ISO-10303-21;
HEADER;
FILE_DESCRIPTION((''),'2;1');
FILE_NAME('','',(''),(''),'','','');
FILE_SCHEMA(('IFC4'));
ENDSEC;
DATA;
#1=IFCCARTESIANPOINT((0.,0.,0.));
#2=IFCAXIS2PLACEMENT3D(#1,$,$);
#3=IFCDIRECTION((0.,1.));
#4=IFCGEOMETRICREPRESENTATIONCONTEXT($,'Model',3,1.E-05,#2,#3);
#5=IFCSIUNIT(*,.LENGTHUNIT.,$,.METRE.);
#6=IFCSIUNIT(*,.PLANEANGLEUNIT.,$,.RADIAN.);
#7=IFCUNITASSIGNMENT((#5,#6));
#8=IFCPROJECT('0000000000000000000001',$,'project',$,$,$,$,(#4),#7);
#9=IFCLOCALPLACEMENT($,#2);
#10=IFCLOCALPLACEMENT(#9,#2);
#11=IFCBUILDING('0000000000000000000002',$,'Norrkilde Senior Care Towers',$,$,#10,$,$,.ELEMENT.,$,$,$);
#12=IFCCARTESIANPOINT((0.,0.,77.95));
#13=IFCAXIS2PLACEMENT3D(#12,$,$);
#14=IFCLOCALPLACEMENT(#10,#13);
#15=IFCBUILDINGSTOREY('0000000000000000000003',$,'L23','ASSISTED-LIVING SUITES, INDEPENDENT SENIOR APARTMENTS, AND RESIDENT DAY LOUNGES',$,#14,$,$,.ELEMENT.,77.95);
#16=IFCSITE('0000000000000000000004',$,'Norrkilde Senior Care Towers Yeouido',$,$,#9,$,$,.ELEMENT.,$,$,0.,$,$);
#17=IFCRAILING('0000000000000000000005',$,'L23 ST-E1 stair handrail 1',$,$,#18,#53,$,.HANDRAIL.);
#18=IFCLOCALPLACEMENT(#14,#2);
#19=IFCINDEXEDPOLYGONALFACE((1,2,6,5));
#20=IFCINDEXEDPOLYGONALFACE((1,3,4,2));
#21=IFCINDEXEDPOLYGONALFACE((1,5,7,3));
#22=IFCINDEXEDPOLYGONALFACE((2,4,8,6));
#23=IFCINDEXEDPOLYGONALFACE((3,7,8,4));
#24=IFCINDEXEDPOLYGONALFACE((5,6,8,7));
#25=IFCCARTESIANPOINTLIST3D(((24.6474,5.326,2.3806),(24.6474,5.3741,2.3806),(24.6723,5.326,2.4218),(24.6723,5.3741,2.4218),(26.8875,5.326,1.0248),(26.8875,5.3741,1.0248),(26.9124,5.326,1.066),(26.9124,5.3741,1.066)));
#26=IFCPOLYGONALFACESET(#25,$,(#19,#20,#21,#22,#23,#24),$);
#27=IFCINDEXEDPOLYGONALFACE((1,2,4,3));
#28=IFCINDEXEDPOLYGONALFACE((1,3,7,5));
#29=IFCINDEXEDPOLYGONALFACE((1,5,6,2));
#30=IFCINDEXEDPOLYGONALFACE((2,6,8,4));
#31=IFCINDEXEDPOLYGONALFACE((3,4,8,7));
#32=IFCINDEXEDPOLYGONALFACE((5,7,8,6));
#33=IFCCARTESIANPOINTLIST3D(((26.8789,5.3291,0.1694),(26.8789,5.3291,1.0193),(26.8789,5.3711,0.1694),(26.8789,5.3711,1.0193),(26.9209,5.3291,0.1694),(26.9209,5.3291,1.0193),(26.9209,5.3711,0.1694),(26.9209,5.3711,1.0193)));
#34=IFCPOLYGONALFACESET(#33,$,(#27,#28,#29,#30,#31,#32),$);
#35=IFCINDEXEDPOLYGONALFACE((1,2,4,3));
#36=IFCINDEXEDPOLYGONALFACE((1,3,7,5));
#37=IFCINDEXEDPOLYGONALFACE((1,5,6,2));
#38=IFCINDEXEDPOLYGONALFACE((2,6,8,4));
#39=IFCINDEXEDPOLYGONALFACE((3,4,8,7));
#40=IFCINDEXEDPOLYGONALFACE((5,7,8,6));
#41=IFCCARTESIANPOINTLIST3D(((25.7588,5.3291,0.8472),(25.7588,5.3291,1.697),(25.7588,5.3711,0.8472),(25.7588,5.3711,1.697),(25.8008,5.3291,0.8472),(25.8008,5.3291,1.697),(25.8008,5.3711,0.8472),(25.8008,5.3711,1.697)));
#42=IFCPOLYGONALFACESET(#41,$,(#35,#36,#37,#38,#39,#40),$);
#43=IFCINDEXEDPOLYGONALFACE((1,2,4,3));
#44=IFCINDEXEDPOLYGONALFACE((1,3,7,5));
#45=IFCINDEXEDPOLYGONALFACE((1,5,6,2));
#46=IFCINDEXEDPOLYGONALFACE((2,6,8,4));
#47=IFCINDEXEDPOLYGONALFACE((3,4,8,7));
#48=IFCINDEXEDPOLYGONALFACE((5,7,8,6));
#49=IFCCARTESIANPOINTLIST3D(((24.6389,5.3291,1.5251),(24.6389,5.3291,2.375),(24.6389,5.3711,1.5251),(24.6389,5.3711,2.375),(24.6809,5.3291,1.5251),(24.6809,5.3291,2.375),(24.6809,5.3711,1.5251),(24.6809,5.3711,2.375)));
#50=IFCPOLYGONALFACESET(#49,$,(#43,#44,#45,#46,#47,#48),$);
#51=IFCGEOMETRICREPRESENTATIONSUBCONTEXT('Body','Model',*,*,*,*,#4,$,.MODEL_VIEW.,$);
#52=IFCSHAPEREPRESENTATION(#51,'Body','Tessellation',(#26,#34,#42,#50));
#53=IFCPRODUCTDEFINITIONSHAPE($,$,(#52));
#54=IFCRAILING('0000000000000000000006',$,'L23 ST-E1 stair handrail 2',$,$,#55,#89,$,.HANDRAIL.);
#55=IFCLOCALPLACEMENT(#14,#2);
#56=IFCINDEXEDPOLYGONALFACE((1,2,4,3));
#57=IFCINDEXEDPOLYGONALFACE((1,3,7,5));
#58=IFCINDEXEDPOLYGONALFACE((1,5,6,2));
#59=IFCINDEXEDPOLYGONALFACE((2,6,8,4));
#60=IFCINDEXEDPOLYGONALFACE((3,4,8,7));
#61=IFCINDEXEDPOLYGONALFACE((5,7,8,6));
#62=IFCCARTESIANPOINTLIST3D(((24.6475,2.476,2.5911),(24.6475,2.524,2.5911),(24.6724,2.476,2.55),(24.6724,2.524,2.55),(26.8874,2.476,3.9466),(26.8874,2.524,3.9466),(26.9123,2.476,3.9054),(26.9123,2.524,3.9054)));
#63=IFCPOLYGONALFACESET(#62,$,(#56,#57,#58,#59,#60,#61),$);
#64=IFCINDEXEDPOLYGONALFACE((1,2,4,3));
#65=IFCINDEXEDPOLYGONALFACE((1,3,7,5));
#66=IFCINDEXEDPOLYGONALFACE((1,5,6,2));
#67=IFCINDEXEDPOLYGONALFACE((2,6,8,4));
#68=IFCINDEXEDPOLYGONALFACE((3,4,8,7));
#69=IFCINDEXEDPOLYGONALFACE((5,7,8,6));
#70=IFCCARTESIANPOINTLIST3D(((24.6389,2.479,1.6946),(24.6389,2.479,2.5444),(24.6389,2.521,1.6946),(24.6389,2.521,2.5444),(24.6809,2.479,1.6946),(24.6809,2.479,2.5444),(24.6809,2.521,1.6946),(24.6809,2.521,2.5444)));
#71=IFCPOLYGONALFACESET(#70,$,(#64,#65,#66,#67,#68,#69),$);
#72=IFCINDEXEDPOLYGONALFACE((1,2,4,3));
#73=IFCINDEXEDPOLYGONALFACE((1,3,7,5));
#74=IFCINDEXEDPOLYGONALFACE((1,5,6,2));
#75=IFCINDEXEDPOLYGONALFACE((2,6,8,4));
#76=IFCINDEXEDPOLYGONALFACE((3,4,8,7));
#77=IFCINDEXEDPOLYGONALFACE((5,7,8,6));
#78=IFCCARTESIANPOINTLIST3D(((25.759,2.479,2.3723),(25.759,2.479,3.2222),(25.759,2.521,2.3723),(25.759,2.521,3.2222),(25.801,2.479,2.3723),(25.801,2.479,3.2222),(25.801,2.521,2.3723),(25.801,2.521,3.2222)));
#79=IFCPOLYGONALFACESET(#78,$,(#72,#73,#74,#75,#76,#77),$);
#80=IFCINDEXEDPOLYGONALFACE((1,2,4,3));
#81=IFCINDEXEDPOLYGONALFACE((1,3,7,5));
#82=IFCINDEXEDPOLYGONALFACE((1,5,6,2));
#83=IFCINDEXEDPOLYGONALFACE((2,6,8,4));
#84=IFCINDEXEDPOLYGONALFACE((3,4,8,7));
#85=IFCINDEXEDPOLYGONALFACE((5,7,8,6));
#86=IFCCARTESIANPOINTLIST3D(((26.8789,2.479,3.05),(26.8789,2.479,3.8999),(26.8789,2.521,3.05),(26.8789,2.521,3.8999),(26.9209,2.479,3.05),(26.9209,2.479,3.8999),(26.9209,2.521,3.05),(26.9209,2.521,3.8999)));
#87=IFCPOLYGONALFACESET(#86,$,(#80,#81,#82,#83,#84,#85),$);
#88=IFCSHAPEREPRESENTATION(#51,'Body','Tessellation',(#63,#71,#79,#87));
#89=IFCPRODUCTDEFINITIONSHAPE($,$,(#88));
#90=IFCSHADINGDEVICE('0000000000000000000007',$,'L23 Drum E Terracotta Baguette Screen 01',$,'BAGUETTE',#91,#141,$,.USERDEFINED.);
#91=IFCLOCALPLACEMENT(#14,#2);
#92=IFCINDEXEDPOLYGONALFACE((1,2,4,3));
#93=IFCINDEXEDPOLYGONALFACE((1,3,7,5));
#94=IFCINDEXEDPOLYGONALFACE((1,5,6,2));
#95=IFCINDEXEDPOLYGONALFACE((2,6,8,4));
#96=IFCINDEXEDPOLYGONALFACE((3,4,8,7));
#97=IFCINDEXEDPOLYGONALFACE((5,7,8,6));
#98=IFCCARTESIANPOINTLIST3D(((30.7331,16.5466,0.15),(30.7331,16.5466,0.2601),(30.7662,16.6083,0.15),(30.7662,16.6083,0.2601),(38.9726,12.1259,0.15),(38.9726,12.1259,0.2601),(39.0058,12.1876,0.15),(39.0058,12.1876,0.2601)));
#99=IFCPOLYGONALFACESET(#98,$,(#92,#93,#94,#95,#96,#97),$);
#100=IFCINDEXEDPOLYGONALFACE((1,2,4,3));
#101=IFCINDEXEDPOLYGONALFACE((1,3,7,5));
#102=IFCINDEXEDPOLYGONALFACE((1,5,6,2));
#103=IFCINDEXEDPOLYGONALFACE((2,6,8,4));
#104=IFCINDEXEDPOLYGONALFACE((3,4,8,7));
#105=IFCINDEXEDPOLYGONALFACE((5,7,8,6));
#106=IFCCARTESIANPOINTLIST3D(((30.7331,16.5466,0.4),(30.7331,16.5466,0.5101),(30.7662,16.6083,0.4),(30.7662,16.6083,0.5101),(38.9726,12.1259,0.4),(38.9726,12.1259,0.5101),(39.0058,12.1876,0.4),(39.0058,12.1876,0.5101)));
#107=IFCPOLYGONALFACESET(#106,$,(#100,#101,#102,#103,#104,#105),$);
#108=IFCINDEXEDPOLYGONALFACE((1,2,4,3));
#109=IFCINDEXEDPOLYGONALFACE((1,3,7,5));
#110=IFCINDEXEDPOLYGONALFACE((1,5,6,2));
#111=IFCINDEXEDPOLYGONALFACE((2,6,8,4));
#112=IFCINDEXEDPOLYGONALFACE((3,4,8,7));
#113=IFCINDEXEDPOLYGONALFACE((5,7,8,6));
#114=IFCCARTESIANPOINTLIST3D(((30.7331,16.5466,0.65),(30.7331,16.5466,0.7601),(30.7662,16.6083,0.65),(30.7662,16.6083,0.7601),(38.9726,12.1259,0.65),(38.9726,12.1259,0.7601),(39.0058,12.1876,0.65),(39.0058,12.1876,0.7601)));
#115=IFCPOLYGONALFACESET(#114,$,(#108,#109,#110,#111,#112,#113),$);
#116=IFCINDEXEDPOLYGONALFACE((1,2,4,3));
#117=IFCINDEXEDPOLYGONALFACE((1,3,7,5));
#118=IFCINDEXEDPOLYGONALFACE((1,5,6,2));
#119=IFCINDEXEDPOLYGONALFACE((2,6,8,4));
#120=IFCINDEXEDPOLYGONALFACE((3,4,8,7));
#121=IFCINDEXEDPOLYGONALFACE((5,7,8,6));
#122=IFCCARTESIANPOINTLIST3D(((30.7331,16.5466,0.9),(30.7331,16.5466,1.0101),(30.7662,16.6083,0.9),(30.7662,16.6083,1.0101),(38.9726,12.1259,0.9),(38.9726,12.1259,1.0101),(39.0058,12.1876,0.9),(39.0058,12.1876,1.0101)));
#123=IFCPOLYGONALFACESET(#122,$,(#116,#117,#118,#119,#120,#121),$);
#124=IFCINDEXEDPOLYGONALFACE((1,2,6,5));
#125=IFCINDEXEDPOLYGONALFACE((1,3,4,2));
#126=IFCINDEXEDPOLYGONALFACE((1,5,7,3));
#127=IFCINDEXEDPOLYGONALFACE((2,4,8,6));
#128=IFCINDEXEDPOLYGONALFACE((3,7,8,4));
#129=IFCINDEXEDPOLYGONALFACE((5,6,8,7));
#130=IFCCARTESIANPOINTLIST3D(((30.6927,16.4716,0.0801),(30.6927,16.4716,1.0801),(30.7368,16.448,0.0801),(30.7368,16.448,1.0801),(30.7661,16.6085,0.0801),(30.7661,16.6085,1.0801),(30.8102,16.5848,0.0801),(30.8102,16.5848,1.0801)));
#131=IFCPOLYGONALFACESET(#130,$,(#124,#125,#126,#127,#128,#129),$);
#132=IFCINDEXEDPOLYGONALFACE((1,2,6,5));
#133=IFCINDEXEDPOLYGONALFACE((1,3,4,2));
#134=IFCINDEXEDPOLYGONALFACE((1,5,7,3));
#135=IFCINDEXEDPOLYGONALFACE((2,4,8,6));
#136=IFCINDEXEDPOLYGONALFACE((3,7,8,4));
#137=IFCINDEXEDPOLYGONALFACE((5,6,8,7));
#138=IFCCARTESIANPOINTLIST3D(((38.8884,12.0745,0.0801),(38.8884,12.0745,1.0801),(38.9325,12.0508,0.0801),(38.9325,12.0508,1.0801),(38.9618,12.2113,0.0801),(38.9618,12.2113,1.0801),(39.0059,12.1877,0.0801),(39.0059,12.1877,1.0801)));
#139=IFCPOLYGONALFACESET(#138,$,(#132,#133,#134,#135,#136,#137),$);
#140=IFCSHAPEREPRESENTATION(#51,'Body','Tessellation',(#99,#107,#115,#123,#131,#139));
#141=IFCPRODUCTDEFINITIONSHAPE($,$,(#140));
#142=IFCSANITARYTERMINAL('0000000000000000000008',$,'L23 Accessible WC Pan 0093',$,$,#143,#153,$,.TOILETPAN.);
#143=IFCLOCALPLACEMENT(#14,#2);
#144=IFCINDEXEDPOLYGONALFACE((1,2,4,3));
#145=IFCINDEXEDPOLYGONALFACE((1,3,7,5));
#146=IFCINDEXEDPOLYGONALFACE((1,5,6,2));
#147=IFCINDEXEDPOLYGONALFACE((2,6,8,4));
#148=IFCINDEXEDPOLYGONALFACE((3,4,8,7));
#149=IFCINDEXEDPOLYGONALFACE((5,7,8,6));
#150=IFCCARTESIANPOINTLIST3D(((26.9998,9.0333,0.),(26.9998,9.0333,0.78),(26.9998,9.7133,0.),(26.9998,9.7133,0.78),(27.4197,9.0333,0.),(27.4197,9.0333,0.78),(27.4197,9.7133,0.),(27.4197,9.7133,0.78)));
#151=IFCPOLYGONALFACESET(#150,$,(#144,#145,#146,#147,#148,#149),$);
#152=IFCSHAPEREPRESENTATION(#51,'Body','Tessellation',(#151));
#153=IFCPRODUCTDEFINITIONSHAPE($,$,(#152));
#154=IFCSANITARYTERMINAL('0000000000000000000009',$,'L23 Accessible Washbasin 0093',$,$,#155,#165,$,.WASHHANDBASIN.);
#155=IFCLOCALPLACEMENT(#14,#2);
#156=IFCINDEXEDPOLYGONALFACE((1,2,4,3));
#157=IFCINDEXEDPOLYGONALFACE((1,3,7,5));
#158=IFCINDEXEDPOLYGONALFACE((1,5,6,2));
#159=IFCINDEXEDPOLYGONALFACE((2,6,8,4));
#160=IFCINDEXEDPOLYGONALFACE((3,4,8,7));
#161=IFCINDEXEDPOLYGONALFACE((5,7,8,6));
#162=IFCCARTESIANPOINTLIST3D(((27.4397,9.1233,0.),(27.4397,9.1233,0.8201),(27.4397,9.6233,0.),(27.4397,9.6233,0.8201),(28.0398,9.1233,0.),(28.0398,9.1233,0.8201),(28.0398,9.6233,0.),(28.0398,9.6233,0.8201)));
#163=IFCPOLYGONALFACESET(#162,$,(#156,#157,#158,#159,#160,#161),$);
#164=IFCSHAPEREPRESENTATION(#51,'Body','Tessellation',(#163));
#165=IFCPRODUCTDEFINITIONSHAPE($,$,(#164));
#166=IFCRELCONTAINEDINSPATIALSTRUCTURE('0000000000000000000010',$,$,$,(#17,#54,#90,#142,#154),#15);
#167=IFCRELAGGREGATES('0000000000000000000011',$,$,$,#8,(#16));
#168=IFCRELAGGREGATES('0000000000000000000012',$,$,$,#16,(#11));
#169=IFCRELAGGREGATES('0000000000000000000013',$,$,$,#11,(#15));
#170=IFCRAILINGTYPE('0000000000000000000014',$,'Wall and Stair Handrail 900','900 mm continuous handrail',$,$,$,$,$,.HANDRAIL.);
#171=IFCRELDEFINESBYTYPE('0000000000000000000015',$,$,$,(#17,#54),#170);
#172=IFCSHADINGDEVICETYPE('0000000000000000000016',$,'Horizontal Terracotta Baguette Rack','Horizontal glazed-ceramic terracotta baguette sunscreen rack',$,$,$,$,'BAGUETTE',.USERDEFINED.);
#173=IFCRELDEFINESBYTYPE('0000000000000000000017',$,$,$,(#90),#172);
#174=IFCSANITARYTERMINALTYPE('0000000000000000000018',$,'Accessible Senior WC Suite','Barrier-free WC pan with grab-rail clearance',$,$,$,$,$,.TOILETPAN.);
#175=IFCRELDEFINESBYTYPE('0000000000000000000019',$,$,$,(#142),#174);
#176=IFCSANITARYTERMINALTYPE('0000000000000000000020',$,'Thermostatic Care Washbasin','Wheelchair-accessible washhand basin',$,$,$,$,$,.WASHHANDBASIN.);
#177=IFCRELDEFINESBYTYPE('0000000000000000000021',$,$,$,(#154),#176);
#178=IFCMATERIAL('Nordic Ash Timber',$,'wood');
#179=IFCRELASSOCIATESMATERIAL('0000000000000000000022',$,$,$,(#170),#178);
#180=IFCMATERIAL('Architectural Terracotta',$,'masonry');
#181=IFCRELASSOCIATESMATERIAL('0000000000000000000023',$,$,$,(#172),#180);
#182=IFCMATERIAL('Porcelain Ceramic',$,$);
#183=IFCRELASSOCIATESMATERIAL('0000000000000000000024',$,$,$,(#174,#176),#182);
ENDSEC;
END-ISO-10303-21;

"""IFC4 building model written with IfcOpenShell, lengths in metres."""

from ifc_helpers import new_model, si_unit, direction, frame, origin, origin_2d, place, context, subcontext, project, spatial, rectangle, extrude, source, transform, mapped, material, type_object, type_shapes, element, save


model = new_model("IFC4")

# Units and contexts
model_context = context("Model", 3, precision=1e-05, world=origin(), true_north=direction((0.0, 1.0)))
body_context = subcontext(model_context, "Body", "Model", "MODEL_VIEW")
ifc_project = project(units=[si_unit("LENGTHUNIT", "METRE"), si_unit("PLANEANGLEUNIT", "RADIAN")], contexts=[model_context])

# Site, building, storey
site_placement = place(None, origin())
site = spatial("IfcSite", under=ifc_project, at=site_placement, Name="Norrkilde Senior Care Towers Yeouido", CompositionType="ELEMENT", RefElevation=0.0)
building_placement = place(site_placement, origin())
building = spatial("IfcBuilding", under=site, at=building_placement, Name="Norrkilde Senior Care Towers", CompositionType="ELEMENT")
storey_placement = place(building_placement, frame((0.0, 0.0, 77.95)))
storey = spatial("IfcBuildingStorey", under=building, at=storey_placement, Name="L23", Description="ASSISTED-LIVING SUITES, INDEPENDENT SENIOR APARTMENTS, AND RESIDENT DAY LOUNGES", CompositionType="ELEMENT", Elevation=77.95)

# Shared definitions
ifc_material_1 = material(Name="Nordic Ash Timber", Category="wood")

# Railings
railing_type_1 = type_object("IfcRailingType", Name="Wall and Stair Handrail 900", Description="900 mm continuous handrail", PredefinedType="HANDRAIL", material=ifc_material_1)
railing_1_placement = place(storey_placement, frame((26.8999, 5.3501, 0.1694)))
element("IfcRailing", 1, at=railing_1_placement, inside=storey, type_object=railing_type_1, Name="L23 ST-E1 stair handrail 1", PredefinedType="HANDRAIL", context=body_context, shape_type="SweptSolid", body=[
    extrude(rectangle(XDim=0.0481, YDim=0.0481, at=origin_2d()), frame((0.0, 0.0, 0.876), z_axis=(-0.855512, 0.0, 0.517783), x_axis=(0.0, -1.0, 0.0)), (0.0, 0.0, 1.0), 2.6184),
    extrude(rectangle(XDim=0.042, YDim=0.042, at=origin_2d()), origin(), (0.0, 0.0, 1.0), 0.8499),
    extrude(rectangle(XDim=0.042, YDim=0.042, at=origin_2d()), frame((-1.1201, 0.0, 0.6777)), (0.0, 0.0, 1.0), 0.8499),
    extrude(rectangle(XDim=0.042, YDim=0.042, at=origin_2d()), frame((-2.24, 0.0, 1.3557)), (0.0, 0.0, 1.0), 0.8499),
])
railing_2_placement = place(storey_placement, frame((24.6599, 2.5, 1.6946)))
element("IfcRailing", 2, at=railing_2_placement, inside=storey, type_object=railing_type_1, Name="L23 ST-E1 stair handrail 2", PredefinedType="HANDRAIL", context=body_context, shape_type="SweptSolid", body=[
    extrude(rectangle(XDim=0.0481, YDim=0.0481, at=origin_2d()), frame((0.0, 0.0, 0.876), z_axis=(0.855553, 0.0, 0.517715), x_axis=(0.0, 1.0, 0.0)), (0.0, 0.0, 1.0), 2.6182),
    extrude(rectangle(XDim=0.042, YDim=0.042, at=origin_2d()), origin(), (0.0, 0.0, 1.0), 0.8499),
    extrude(rectangle(XDim=0.042, YDim=0.042, at=origin_2d()), frame((1.1201, 0.0, 0.6777)), (0.0, 0.0, 1.0), 0.8499),
    extrude(rectangle(XDim=0.042, YDim=0.042, at=origin_2d()), frame((2.24, 0.0, 1.3555)), (0.0, 0.0, 1.0), 0.8499),
])

# Shading device
ifc_material_2 = material(Name="Architectural Terracotta", Category="masonry")
shading_device_type = type_object("IfcShadingDeviceType", Name="Horizontal Terracotta Baguette Rack", Description="Horizontal glazed-ceramic terracotta baguette sunscreen rack", ElementType="BAGUETTE", PredefinedType="USERDEFINED", material=ifc_material_2)
shared_shape_1 = source(origin(), body_context, "Body", "SweptSolid", [
    extrude(rectangle(XDim=0.0701, YDim=0.1101, at=origin_2d()), frame((0.0, 0.0901, 0.125), z_axis=(1.0, 0.0, 0.0), x_axis=(0.0, 1.0, 0.0)), (0.0, 0.0, 1.0), 9.3506),
    extrude(rectangle(XDim=0.0701, YDim=0.1101, at=origin_2d()), frame((0.0, 0.0901, 0.375), z_axis=(1.0, 0.0, 0.0), x_axis=(0.0, 1.0, 0.0)), (0.0, 0.0, 1.0), 9.3506),
    extrude(rectangle(XDim=0.0701, YDim=0.1101, at=origin_2d()), frame((0.0, 0.0901, 0.625), z_axis=(1.0, 0.0, 0.0), x_axis=(0.0, 1.0, 0.0)), (0.0, 0.0, 1.0), 9.3506),
    extrude(rectangle(XDim=0.0701, YDim=0.1101, at=origin_2d()), frame((0.0, 0.0901, 0.875), z_axis=(1.0, 0.0, 0.0), x_axis=(0.0, 1.0, 0.0)), (0.0, 0.0, 1.0), 9.3506),
    extrude(rectangle(XDim=0.05, YDim=0.1553, at=origin_2d()), frame((0.0249, 0.0476, 0.0)), (0.0, 0.0, 1.0), 1.0),
    extrude(rectangle(XDim=0.05, YDim=0.1553, at=origin_2d()), frame((9.3257, 0.0476, 0.0)), (0.0, 0.0, 1.0), 1.0),
])
type_shapes(shading_device_type, [shared_shape_1])
shading_device_placement = place(storey_placement, frame((30.707, 16.498, 0.0801), z_axis=(0.0, 0.0, 1.0), x_axis=(0.881175, -0.472768, 0.0)))
element("IfcShadingDevice", 3, at=shading_device_placement, inside=storey, type_object=shading_device_type, Name="L23 Drum E Terracotta Baguette Screen 01", ObjectType="BAGUETTE", PredefinedType="USERDEFINED", context=body_context, shape_type="MappedRepresentation", body=[
    mapped(shared_shape_1, transform((0.0, 0.0, 0.0), x_axis=(1.0, 0.0, 0.0), y_axis=(0.0, 1.0, 0.0), z_axis=(0.0, 0.0, 1.0), scale=1.0)),
])

# Sanitary terminals
ifc_material_3 = material(Name="Porcelain Ceramic")
sanitary_terminal_type_1 = type_object("IfcSanitaryTerminalType", Name="Accessible Senior WC Suite", Description="Barrier-free WC pan with grab-rail clearance", PredefinedType="TOILETPAN", material=ifc_material_3)
shared_shape_2 = source(origin(), body_context, "Body", "SweptSolid", [
    extrude(rectangle(XDim=0.4199, YDim=0.6799, at=origin_2d()), origin(), (0.0, 0.0, 1.0), 0.78),
])
type_shapes(sanitary_terminal_type_1, [shared_shape_2])
sanitary_terminal_1_placement = place(storey_placement, frame((27.2097, 9.3733, 0.0), z_axis=(0.0, 0.0, 1.0), x_axis=(1.0, 0.0, 0.0)))
element("IfcSanitaryTerminal", 4, at=sanitary_terminal_1_placement, inside=storey, type_object=sanitary_terminal_type_1, Name="L23 Accessible WC Pan 0093", PredefinedType="TOILETPAN", context=body_context, shape_type="MappedRepresentation", body=[
    mapped(shared_shape_2, transform((0.0, 0.0, 0.0), x_axis=(1.0, 0.0, 0.0), y_axis=(0.0, 1.0, 0.0), z_axis=(0.0, 0.0, 1.0), scale=1.0)),
])
sanitary_terminal_type_2 = type_object("IfcSanitaryTerminalType", Name="Thermostatic Care Washbasin", Description="Wheelchair-accessible washhand basin", PredefinedType="WASHHANDBASIN", material=ifc_material_3)
shared_shape_3 = source(origin(), body_context, "Body", "SweptSolid", [
    extrude(rectangle(XDim=0.6001, YDim=0.5, at=origin_2d()), origin(), (0.0, 0.0, 1.0), 0.8201),
])
type_shapes(sanitary_terminal_type_2, [shared_shape_3])
sanitary_terminal_2_placement = place(storey_placement, frame((27.7397, 9.3733, 0.0), z_axis=(0.0, 0.0, 1.0), x_axis=(1.0, 0.0, 0.0)))
element("IfcSanitaryTerminal", 5, at=sanitary_terminal_2_placement, inside=storey, type_object=sanitary_terminal_type_2, Name="L23 Accessible Washbasin 0093", PredefinedType="WASHHANDBASIN", context=body_context, shape_type="MappedRepresentation", body=[
    mapped(shared_shape_3, transform((0.0, 0.0, 0.0), x_axis=(1.0, 0.0, 0.0), y_axis=(0.0, 1.0, 0.0), z_axis=(0.0, 0.0, 1.0), scale=1.0)),
])

save(model, "model.ifc")
